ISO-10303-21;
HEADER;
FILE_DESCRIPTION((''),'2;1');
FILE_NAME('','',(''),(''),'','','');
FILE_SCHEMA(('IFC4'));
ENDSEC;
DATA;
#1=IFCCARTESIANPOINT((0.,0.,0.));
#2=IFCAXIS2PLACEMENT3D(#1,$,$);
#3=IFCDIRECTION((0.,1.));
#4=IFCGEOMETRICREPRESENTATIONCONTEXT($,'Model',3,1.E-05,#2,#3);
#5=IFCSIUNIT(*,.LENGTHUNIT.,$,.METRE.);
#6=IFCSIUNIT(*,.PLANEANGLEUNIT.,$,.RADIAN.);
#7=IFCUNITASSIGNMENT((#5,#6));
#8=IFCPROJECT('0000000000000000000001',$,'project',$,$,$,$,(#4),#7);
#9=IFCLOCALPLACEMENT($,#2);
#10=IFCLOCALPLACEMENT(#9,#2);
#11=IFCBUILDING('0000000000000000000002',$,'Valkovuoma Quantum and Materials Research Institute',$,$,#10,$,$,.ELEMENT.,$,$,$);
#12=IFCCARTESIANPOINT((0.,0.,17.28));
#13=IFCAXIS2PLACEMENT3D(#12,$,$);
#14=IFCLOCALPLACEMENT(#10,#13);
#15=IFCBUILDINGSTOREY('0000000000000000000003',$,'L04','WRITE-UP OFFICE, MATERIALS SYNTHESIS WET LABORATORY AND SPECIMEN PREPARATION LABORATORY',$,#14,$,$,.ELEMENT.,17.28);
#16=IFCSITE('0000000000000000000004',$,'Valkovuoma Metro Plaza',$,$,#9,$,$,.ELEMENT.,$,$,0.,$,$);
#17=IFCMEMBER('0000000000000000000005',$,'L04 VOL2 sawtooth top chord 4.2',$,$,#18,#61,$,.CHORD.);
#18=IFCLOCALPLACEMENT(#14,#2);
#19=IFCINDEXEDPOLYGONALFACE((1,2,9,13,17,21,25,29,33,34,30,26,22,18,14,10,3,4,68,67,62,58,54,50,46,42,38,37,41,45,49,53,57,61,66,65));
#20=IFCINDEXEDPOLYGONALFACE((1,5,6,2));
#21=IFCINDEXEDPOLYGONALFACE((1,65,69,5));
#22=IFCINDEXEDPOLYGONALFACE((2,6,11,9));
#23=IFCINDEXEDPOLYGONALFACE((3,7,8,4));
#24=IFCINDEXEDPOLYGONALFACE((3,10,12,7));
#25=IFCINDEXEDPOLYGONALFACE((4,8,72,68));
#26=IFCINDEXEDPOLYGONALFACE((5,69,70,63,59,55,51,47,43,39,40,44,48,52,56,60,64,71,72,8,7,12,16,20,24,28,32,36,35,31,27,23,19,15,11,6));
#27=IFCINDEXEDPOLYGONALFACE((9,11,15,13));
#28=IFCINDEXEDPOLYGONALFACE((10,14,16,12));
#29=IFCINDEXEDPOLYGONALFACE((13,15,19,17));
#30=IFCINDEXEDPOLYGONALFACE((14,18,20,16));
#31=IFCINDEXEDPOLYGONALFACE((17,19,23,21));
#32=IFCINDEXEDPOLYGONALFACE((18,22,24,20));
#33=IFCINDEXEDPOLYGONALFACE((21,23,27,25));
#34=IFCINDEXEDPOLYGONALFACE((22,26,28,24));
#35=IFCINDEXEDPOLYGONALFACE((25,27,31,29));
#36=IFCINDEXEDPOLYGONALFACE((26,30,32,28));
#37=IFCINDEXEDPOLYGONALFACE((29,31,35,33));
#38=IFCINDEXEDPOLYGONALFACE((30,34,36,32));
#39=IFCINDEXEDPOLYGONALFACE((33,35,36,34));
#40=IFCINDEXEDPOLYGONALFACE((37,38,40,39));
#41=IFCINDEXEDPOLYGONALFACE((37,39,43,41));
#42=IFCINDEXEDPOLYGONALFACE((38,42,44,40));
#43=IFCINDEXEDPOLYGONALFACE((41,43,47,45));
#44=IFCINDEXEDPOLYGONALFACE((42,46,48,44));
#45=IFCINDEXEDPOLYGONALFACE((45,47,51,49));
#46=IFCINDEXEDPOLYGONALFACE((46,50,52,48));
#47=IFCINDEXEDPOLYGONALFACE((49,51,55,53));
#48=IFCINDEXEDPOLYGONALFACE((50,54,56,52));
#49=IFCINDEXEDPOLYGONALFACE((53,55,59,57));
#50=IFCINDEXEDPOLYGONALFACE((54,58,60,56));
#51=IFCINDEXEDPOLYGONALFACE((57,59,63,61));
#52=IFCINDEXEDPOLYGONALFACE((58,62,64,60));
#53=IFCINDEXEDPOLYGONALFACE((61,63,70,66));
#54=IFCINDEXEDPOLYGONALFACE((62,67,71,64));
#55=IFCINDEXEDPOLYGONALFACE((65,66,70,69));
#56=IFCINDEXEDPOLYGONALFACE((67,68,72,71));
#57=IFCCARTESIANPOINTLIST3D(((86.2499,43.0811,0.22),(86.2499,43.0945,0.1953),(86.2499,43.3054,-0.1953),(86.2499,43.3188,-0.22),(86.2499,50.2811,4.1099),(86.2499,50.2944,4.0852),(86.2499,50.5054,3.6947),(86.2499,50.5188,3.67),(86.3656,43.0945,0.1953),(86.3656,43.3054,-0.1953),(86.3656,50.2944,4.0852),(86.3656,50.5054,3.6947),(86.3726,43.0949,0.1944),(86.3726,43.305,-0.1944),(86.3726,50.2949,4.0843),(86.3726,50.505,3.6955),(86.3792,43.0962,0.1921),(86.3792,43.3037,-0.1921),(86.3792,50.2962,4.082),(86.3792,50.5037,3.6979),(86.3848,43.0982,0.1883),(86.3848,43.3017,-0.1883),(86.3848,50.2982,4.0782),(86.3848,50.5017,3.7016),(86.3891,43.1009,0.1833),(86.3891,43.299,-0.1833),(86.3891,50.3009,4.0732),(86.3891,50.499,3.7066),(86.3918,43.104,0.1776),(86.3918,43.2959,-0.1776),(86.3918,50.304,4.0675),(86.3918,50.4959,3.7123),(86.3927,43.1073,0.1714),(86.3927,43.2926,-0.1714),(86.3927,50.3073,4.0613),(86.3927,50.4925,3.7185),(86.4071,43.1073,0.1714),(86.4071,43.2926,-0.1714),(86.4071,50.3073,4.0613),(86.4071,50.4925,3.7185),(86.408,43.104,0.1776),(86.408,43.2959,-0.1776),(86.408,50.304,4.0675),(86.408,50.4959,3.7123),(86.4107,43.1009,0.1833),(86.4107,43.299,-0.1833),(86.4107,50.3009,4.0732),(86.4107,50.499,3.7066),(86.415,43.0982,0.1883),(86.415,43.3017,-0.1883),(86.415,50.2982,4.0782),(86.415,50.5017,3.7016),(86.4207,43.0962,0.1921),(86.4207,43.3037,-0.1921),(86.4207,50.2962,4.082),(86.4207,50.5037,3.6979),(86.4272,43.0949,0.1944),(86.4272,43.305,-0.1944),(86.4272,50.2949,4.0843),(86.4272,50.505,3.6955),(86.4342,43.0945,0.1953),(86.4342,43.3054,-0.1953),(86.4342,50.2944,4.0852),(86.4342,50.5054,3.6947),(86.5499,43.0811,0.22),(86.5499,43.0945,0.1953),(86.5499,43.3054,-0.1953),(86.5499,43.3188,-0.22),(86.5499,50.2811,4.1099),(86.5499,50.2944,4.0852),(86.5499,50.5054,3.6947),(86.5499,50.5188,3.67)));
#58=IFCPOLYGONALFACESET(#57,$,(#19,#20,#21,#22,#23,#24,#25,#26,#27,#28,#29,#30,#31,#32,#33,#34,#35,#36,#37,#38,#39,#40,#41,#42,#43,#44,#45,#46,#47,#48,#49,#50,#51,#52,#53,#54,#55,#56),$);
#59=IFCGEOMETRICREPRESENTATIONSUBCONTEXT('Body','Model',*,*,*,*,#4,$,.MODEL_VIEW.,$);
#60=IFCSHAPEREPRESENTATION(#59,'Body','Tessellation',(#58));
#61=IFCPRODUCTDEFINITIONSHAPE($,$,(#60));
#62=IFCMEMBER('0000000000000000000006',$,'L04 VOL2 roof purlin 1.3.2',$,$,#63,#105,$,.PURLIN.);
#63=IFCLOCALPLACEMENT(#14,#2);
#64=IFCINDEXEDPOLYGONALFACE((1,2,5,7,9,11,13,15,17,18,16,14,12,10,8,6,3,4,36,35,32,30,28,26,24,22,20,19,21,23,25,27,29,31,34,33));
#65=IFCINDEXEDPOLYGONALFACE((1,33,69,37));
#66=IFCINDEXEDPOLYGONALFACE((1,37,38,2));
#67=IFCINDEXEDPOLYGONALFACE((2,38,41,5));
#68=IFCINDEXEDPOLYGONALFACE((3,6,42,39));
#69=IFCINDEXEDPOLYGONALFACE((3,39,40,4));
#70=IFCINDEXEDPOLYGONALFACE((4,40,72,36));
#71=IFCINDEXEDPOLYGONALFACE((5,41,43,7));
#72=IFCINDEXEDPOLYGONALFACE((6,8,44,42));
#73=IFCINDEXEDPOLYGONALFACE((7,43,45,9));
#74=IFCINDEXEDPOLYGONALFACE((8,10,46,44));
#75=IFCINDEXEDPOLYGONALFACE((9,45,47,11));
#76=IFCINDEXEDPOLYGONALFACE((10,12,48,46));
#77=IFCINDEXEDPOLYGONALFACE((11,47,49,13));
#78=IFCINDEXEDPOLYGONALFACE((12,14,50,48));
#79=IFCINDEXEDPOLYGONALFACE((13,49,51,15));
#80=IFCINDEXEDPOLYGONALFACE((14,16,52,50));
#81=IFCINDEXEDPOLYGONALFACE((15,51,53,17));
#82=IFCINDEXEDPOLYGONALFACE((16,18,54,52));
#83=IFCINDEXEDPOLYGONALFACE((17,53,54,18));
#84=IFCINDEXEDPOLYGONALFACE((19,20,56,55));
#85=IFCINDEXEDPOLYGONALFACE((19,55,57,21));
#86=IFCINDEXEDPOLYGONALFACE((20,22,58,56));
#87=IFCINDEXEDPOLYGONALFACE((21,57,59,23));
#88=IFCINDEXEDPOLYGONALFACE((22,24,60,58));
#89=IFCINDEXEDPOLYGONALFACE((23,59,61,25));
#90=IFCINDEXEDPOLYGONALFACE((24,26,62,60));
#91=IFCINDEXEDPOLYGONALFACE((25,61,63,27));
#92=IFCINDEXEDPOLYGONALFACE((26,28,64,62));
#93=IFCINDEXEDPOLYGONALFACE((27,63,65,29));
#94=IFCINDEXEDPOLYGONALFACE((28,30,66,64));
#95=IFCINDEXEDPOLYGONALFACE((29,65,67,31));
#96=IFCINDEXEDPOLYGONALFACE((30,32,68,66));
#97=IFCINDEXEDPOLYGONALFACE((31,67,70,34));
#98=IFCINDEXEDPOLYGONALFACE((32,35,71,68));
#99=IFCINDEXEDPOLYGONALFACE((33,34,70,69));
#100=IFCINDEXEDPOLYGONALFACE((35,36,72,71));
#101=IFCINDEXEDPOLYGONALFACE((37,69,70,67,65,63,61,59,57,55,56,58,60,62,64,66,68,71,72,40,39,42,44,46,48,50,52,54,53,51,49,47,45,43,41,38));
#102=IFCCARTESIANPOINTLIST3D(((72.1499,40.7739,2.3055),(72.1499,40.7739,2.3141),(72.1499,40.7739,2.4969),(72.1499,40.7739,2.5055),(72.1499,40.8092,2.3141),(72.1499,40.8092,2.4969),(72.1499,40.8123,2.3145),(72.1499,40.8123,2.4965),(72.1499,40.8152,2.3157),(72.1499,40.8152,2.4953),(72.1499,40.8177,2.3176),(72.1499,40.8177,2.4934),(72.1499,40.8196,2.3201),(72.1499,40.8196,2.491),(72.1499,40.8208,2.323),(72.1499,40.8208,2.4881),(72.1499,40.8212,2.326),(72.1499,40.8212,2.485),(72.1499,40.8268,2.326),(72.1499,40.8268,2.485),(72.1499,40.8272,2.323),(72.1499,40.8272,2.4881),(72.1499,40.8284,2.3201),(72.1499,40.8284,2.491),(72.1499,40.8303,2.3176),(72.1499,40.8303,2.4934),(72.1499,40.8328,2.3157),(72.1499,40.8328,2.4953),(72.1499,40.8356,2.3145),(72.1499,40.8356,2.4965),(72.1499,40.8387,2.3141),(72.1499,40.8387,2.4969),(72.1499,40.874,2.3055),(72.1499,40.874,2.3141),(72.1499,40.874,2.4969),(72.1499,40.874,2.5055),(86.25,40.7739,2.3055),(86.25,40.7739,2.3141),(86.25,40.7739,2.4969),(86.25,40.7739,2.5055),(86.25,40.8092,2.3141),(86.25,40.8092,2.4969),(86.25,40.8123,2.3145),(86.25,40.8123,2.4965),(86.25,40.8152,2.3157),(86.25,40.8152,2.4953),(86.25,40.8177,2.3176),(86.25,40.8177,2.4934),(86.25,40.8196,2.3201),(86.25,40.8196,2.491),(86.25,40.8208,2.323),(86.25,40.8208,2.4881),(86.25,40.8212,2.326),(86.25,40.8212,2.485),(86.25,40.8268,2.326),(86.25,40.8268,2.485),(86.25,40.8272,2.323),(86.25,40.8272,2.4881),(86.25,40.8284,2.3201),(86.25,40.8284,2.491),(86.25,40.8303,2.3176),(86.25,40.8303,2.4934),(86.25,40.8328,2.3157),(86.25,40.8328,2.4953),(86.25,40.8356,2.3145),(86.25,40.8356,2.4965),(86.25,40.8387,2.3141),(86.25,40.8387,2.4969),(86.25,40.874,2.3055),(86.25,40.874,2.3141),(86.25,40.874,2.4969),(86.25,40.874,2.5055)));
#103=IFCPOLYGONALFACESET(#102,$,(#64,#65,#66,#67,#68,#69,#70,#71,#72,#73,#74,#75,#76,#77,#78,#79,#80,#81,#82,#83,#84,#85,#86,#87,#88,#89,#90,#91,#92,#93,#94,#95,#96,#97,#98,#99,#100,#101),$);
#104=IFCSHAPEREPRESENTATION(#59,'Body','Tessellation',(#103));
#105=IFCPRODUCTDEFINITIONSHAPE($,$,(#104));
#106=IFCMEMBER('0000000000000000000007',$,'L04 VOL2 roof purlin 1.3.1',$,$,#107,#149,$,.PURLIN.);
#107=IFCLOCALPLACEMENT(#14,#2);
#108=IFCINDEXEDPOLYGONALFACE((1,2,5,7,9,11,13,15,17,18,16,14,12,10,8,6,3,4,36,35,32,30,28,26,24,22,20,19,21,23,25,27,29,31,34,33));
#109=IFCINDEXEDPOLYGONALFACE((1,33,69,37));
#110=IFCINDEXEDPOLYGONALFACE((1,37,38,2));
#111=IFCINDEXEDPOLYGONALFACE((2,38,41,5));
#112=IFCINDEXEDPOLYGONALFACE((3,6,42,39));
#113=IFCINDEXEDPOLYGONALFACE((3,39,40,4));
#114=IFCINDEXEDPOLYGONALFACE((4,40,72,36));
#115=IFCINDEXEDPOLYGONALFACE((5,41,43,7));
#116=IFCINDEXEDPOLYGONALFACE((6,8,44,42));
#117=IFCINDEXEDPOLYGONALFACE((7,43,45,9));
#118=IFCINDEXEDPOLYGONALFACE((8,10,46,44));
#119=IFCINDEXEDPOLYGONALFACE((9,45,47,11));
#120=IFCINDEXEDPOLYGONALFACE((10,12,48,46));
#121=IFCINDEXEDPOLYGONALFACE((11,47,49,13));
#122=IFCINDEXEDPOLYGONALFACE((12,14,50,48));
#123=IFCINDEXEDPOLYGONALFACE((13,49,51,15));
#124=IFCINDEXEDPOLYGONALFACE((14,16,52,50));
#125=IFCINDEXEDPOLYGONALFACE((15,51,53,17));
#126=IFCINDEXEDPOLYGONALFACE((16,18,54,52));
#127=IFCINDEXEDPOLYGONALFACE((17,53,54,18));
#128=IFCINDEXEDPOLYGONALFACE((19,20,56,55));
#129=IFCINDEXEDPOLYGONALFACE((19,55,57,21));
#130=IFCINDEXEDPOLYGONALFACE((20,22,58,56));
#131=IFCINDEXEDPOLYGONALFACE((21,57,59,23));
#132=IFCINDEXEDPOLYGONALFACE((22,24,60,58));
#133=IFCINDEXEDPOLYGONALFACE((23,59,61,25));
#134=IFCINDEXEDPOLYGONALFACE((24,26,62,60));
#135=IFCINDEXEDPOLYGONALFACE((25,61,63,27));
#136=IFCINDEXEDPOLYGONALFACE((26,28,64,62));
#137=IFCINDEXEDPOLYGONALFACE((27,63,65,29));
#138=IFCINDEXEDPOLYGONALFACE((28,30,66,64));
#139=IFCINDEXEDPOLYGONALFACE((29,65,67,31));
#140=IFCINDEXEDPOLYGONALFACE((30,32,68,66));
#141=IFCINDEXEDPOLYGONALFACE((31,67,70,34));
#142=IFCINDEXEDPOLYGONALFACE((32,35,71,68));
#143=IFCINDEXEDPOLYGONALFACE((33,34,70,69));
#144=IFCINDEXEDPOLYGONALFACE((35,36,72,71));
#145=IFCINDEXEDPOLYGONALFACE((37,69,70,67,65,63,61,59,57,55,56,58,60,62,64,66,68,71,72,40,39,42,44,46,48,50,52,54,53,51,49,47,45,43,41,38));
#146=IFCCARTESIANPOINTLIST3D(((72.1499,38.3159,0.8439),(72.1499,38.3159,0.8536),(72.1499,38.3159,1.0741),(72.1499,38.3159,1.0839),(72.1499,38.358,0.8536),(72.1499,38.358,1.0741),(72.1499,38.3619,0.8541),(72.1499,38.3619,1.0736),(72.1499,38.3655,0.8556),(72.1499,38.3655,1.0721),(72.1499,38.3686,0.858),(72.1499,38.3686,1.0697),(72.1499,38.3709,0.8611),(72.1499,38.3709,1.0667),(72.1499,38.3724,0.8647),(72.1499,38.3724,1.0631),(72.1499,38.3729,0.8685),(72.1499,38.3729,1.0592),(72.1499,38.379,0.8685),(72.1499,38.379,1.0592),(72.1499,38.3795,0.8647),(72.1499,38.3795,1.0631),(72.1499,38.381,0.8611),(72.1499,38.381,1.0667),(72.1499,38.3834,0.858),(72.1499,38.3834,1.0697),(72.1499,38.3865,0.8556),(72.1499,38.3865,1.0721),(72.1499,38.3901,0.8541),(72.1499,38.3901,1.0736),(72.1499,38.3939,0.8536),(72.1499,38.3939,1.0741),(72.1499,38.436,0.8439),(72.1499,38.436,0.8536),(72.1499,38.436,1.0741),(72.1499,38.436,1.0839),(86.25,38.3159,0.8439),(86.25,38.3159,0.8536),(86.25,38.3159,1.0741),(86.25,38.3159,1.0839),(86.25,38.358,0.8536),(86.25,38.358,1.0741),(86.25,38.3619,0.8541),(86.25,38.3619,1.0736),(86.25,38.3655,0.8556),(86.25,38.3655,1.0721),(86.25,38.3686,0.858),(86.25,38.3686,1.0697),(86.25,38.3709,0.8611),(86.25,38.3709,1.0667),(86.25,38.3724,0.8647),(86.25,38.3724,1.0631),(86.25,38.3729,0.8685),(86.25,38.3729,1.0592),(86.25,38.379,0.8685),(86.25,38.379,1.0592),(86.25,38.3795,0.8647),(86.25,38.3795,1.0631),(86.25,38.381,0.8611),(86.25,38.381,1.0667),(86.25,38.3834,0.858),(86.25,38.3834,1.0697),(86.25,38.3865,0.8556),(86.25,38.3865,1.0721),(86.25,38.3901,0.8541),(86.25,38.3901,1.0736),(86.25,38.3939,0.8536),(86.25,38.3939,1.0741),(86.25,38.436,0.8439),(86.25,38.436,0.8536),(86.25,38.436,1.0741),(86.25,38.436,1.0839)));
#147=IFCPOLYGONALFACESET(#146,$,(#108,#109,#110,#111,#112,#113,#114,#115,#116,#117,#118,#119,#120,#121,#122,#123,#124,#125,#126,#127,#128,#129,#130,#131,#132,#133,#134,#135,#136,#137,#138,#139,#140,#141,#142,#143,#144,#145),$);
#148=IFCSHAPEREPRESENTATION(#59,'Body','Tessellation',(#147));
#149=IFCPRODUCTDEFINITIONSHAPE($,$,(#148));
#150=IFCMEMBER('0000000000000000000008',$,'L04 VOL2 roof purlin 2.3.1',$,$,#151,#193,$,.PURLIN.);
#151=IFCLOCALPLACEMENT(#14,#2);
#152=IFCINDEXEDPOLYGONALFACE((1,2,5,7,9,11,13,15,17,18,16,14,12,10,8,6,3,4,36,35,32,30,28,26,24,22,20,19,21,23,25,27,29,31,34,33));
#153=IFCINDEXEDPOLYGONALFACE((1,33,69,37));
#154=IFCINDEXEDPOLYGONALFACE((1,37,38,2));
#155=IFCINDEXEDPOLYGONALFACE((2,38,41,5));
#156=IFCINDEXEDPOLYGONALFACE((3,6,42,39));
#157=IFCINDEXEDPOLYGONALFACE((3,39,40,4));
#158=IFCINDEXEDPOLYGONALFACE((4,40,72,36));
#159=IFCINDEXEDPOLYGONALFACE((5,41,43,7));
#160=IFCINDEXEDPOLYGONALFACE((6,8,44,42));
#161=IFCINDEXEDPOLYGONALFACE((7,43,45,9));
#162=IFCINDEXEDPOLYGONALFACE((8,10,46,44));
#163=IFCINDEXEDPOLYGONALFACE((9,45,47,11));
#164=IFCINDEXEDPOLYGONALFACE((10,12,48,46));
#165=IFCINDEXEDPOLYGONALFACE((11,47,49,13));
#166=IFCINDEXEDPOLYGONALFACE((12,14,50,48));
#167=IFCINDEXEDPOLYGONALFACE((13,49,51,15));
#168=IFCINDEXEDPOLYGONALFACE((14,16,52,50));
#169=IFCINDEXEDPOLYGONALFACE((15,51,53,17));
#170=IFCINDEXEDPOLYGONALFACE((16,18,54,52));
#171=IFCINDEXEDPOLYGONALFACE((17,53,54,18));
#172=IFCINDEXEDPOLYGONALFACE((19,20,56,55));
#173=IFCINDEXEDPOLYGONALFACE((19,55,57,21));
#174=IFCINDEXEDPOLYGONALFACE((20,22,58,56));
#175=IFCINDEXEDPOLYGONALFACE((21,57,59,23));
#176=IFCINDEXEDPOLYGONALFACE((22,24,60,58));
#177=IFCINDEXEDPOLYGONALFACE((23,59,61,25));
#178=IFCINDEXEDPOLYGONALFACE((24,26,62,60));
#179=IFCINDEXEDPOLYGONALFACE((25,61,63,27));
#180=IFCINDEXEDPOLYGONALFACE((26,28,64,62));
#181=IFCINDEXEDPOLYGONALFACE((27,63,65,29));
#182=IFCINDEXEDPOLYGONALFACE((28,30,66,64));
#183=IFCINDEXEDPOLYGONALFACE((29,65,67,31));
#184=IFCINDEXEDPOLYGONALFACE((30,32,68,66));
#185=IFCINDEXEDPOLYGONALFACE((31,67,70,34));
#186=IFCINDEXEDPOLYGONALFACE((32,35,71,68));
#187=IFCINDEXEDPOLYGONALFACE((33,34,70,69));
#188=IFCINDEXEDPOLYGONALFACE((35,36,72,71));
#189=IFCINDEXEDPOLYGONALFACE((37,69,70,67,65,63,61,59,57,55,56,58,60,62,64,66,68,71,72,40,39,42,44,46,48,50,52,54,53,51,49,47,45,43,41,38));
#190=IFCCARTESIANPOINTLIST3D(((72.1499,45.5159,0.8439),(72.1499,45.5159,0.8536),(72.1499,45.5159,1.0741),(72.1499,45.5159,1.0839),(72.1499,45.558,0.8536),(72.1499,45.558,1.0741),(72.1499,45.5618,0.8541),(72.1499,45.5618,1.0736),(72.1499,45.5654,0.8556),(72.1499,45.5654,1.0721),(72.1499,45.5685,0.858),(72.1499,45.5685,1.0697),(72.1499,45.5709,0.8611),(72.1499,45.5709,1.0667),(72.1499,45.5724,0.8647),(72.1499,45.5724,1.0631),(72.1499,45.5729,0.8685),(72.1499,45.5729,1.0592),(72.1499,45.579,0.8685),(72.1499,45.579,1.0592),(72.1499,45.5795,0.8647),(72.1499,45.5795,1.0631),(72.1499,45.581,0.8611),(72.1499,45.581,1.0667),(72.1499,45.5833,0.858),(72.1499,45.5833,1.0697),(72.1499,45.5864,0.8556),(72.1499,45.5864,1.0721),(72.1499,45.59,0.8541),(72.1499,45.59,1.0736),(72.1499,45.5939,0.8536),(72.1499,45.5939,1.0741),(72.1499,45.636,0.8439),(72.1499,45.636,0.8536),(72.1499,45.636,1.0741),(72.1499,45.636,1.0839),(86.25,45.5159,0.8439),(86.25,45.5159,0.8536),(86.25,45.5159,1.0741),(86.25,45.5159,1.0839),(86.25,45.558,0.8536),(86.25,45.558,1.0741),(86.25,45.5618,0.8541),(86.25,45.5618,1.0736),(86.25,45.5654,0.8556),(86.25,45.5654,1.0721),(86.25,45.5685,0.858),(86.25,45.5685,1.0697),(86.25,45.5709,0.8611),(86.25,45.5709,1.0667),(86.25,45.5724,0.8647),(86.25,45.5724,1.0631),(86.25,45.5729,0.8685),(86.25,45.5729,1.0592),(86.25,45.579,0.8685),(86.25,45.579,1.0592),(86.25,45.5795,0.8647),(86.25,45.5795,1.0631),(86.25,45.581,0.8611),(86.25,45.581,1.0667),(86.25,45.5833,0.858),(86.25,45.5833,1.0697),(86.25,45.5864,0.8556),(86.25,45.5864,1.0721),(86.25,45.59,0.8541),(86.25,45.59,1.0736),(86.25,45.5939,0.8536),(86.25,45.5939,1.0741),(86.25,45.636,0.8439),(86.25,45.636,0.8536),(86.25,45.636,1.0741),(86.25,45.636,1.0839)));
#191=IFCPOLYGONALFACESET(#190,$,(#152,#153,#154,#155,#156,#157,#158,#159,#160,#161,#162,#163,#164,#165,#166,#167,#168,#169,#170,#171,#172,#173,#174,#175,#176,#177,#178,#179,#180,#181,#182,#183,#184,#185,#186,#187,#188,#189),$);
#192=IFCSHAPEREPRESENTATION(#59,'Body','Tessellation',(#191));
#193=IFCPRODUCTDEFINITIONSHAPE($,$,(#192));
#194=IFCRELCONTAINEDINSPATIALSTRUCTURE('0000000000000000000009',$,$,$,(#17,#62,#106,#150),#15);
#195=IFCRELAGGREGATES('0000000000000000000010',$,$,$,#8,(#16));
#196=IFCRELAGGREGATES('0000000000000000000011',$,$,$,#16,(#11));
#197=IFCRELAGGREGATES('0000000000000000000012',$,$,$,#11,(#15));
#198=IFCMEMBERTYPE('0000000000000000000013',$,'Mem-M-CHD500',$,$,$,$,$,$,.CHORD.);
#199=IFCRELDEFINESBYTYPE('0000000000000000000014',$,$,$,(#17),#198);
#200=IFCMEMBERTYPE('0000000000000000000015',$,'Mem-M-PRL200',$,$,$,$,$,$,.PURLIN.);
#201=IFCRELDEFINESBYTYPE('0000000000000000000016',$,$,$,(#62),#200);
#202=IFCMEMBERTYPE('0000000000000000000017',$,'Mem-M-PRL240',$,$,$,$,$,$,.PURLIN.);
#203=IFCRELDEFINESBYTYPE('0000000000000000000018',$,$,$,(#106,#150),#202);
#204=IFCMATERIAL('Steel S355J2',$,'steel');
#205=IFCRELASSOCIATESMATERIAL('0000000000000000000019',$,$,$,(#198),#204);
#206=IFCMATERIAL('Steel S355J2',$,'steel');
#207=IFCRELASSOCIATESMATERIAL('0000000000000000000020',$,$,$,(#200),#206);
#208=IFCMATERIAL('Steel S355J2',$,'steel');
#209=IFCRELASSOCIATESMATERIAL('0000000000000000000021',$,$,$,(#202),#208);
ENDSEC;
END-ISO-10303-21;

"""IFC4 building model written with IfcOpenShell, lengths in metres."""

from ifc_helpers import new_model, si_unit, direction, frame, origin, origin_2d, place, context, subcontext, project, spatial, i_section, extrude, material, material_profile, profile_set, type_object, element, save


model = new_model("IFC4")

# Units and contexts
model_context = context("Model", 3, precision=1e-05, world=origin(), true_north=direction((0.0, 1.0)))
body_context = subcontext(model_context, "Body", "Model", "MODEL_VIEW")
ifc_project = project(units=[si_unit("LENGTHUNIT", "METRE"), si_unit("PLANEANGLEUNIT", "RADIAN")], contexts=[model_context])

# Site, building, storey
site_placement = place(None, origin())
site = spatial("IfcSite", under=ifc_project, at=site_placement, Name="Valkovuoma Metro Plaza", CompositionType="ELEMENT", RefElevation=0.0)
building_placement = place(site_placement, origin())
building = spatial("IfcBuilding", under=site, at=building_placement, Name="Valkovuoma Quantum and Materials Research Institute", CompositionType="ELEMENT")
storey_placement = place(building_placement, frame((0.0, 0.0, 17.28)))
storey = spatial("IfcBuildingStorey", under=building, at=storey_placement, Name="L04", Description="WRITE-UP OFFICE, MATERIALS SYNTHESIS WET LABORATORY AND SPECIMEN PREPARATION LABORATORY", CompositionType="ELEMENT", Elevation=17.28)

# Members
ifc_material_1 = material(Name="Steel S355J2", Category="steel")
ifc_material_profile_1 = material_profile(ifc_material_1, i_section(OverallWidth=0.3, OverallDepth=0.5, WebThickness=0.0144, FlangeThickness=0.0281, FilletRadius=0.0271, at=origin_2d()), Name="Steel S355J2")
ifc_profile_set_1 = profile_set([ifc_material_profile_1], Name="Steel S355J2")
member_type_1 = type_object("IfcMemberType", Name="Mem-M-CHD500", PredefinedType="CHORD", material=ifc_profile_set_1)
for number, where, z_axis, x_axis, name in (
    (1, (86.3999, 43.2, 0.0), (0.0, 0.879807, 0.47533), (-1.0, 0.0, 0.0), "L04 VOL2 sawtooth top chord 4.2"),
):
    element("IfcMember", number, at=place(storey_placement, frame(where, z_axis=z_axis, x_axis=x_axis)), inside=storey, type_object=member_type_1, Name=name, PredefinedType="CHORD", context=body_context, shape_type="SweptSolid", body=[
        extrude(i_section(OverallWidth=0.3, OverallDepth=0.5, WebThickness=0.0144, FlangeThickness=0.0281, FilletRadius=0.0271, at=origin_2d()), origin(), (0.0, 0.0, 1.0), 8.1836),
    ])
ifc_material_2 = material(Name="Steel S355J2", Category="steel")
ifc_material_profile_2 = material_profile(ifc_material_2, i_section(OverallWidth=0.1001, OverallDepth=0.2, WebThickness=0.0056, FlangeThickness=0.0085, FilletRadius=0.012, at=origin_2d()), Name="Steel S355J2")
ifc_profile_set_2 = profile_set([ifc_material_profile_2], Name="Steel S355J2")
member_type_2 = type_object("IfcMemberType", Name="Mem-M-PRL200", PredefinedType="PURLIN", material=ifc_profile_set_2)
member_1_placement = place(storey_placement, frame((72.1499, 40.824, 2.4055), z_axis=(1.0, 0.0, 0.0), x_axis=(0.0, 1.0, 0.0)))
element("IfcMember", 2, at=member_1_placement, inside=storey, type_object=member_type_2, Name="L04 VOL2 roof purlin 1.3.2", PredefinedType="PURLIN", context=body_context, shape_type="SweptSolid", body=[
    extrude(i_section(OverallWidth=0.1001, OverallDepth=0.2, WebThickness=0.0056, FlangeThickness=0.0085, FilletRadius=0.012, at=origin_2d()), origin(), (0.0, 0.0, 1.0), 14.1001),
])
ifc_material_3 = material(Name="Steel S355J2", Category="steel")
ifc_material_profile_3 = material_profile(ifc_material_3, i_section(OverallWidth=0.1201, OverallDepth=0.24, WebThickness=0.0061, FlangeThickness=0.0098, FilletRadius=0.0149, at=origin_2d()), Name="Steel S355J2")
ifc_profile_set_3 = profile_set([ifc_material_profile_3], Name="Steel S355J2")
member_type_3 = type_object("IfcMemberType", Name="Mem-M-PRL240", PredefinedType="PURLIN", material=ifc_profile_set_3)
for number, where, z_axis, x_axis, name in (
    (3, (72.1499, 38.376, 0.9639), (1.0, 0.0, 0.0), (0.0, 1.0, 0.0), "L04 VOL2 roof purlin 1.3.1"),
    (4, (72.1499, 45.5759, 0.9639), (1.0, 0.0, 0.0), (0.0, 1.0, 0.0), "L04 VOL2 roof purlin 2.3.1"),
):
    element("IfcMember", number, at=place(storey_placement, frame(where, z_axis=z_axis, x_axis=x_axis)), inside=storey, type_object=member_type_3, Name=name, PredefinedType="PURLIN", context=body_context, shape_type="SweptSolid", body=[
        extrude(i_section(OverallWidth=0.1201, OverallDepth=0.24, WebThickness=0.0061, FlangeThickness=0.0098, FilletRadius=0.0149, at=origin_2d()), origin(), (0.0, 0.0, 1.0), 14.1001),
    ])

save(model, "model.ifc")
